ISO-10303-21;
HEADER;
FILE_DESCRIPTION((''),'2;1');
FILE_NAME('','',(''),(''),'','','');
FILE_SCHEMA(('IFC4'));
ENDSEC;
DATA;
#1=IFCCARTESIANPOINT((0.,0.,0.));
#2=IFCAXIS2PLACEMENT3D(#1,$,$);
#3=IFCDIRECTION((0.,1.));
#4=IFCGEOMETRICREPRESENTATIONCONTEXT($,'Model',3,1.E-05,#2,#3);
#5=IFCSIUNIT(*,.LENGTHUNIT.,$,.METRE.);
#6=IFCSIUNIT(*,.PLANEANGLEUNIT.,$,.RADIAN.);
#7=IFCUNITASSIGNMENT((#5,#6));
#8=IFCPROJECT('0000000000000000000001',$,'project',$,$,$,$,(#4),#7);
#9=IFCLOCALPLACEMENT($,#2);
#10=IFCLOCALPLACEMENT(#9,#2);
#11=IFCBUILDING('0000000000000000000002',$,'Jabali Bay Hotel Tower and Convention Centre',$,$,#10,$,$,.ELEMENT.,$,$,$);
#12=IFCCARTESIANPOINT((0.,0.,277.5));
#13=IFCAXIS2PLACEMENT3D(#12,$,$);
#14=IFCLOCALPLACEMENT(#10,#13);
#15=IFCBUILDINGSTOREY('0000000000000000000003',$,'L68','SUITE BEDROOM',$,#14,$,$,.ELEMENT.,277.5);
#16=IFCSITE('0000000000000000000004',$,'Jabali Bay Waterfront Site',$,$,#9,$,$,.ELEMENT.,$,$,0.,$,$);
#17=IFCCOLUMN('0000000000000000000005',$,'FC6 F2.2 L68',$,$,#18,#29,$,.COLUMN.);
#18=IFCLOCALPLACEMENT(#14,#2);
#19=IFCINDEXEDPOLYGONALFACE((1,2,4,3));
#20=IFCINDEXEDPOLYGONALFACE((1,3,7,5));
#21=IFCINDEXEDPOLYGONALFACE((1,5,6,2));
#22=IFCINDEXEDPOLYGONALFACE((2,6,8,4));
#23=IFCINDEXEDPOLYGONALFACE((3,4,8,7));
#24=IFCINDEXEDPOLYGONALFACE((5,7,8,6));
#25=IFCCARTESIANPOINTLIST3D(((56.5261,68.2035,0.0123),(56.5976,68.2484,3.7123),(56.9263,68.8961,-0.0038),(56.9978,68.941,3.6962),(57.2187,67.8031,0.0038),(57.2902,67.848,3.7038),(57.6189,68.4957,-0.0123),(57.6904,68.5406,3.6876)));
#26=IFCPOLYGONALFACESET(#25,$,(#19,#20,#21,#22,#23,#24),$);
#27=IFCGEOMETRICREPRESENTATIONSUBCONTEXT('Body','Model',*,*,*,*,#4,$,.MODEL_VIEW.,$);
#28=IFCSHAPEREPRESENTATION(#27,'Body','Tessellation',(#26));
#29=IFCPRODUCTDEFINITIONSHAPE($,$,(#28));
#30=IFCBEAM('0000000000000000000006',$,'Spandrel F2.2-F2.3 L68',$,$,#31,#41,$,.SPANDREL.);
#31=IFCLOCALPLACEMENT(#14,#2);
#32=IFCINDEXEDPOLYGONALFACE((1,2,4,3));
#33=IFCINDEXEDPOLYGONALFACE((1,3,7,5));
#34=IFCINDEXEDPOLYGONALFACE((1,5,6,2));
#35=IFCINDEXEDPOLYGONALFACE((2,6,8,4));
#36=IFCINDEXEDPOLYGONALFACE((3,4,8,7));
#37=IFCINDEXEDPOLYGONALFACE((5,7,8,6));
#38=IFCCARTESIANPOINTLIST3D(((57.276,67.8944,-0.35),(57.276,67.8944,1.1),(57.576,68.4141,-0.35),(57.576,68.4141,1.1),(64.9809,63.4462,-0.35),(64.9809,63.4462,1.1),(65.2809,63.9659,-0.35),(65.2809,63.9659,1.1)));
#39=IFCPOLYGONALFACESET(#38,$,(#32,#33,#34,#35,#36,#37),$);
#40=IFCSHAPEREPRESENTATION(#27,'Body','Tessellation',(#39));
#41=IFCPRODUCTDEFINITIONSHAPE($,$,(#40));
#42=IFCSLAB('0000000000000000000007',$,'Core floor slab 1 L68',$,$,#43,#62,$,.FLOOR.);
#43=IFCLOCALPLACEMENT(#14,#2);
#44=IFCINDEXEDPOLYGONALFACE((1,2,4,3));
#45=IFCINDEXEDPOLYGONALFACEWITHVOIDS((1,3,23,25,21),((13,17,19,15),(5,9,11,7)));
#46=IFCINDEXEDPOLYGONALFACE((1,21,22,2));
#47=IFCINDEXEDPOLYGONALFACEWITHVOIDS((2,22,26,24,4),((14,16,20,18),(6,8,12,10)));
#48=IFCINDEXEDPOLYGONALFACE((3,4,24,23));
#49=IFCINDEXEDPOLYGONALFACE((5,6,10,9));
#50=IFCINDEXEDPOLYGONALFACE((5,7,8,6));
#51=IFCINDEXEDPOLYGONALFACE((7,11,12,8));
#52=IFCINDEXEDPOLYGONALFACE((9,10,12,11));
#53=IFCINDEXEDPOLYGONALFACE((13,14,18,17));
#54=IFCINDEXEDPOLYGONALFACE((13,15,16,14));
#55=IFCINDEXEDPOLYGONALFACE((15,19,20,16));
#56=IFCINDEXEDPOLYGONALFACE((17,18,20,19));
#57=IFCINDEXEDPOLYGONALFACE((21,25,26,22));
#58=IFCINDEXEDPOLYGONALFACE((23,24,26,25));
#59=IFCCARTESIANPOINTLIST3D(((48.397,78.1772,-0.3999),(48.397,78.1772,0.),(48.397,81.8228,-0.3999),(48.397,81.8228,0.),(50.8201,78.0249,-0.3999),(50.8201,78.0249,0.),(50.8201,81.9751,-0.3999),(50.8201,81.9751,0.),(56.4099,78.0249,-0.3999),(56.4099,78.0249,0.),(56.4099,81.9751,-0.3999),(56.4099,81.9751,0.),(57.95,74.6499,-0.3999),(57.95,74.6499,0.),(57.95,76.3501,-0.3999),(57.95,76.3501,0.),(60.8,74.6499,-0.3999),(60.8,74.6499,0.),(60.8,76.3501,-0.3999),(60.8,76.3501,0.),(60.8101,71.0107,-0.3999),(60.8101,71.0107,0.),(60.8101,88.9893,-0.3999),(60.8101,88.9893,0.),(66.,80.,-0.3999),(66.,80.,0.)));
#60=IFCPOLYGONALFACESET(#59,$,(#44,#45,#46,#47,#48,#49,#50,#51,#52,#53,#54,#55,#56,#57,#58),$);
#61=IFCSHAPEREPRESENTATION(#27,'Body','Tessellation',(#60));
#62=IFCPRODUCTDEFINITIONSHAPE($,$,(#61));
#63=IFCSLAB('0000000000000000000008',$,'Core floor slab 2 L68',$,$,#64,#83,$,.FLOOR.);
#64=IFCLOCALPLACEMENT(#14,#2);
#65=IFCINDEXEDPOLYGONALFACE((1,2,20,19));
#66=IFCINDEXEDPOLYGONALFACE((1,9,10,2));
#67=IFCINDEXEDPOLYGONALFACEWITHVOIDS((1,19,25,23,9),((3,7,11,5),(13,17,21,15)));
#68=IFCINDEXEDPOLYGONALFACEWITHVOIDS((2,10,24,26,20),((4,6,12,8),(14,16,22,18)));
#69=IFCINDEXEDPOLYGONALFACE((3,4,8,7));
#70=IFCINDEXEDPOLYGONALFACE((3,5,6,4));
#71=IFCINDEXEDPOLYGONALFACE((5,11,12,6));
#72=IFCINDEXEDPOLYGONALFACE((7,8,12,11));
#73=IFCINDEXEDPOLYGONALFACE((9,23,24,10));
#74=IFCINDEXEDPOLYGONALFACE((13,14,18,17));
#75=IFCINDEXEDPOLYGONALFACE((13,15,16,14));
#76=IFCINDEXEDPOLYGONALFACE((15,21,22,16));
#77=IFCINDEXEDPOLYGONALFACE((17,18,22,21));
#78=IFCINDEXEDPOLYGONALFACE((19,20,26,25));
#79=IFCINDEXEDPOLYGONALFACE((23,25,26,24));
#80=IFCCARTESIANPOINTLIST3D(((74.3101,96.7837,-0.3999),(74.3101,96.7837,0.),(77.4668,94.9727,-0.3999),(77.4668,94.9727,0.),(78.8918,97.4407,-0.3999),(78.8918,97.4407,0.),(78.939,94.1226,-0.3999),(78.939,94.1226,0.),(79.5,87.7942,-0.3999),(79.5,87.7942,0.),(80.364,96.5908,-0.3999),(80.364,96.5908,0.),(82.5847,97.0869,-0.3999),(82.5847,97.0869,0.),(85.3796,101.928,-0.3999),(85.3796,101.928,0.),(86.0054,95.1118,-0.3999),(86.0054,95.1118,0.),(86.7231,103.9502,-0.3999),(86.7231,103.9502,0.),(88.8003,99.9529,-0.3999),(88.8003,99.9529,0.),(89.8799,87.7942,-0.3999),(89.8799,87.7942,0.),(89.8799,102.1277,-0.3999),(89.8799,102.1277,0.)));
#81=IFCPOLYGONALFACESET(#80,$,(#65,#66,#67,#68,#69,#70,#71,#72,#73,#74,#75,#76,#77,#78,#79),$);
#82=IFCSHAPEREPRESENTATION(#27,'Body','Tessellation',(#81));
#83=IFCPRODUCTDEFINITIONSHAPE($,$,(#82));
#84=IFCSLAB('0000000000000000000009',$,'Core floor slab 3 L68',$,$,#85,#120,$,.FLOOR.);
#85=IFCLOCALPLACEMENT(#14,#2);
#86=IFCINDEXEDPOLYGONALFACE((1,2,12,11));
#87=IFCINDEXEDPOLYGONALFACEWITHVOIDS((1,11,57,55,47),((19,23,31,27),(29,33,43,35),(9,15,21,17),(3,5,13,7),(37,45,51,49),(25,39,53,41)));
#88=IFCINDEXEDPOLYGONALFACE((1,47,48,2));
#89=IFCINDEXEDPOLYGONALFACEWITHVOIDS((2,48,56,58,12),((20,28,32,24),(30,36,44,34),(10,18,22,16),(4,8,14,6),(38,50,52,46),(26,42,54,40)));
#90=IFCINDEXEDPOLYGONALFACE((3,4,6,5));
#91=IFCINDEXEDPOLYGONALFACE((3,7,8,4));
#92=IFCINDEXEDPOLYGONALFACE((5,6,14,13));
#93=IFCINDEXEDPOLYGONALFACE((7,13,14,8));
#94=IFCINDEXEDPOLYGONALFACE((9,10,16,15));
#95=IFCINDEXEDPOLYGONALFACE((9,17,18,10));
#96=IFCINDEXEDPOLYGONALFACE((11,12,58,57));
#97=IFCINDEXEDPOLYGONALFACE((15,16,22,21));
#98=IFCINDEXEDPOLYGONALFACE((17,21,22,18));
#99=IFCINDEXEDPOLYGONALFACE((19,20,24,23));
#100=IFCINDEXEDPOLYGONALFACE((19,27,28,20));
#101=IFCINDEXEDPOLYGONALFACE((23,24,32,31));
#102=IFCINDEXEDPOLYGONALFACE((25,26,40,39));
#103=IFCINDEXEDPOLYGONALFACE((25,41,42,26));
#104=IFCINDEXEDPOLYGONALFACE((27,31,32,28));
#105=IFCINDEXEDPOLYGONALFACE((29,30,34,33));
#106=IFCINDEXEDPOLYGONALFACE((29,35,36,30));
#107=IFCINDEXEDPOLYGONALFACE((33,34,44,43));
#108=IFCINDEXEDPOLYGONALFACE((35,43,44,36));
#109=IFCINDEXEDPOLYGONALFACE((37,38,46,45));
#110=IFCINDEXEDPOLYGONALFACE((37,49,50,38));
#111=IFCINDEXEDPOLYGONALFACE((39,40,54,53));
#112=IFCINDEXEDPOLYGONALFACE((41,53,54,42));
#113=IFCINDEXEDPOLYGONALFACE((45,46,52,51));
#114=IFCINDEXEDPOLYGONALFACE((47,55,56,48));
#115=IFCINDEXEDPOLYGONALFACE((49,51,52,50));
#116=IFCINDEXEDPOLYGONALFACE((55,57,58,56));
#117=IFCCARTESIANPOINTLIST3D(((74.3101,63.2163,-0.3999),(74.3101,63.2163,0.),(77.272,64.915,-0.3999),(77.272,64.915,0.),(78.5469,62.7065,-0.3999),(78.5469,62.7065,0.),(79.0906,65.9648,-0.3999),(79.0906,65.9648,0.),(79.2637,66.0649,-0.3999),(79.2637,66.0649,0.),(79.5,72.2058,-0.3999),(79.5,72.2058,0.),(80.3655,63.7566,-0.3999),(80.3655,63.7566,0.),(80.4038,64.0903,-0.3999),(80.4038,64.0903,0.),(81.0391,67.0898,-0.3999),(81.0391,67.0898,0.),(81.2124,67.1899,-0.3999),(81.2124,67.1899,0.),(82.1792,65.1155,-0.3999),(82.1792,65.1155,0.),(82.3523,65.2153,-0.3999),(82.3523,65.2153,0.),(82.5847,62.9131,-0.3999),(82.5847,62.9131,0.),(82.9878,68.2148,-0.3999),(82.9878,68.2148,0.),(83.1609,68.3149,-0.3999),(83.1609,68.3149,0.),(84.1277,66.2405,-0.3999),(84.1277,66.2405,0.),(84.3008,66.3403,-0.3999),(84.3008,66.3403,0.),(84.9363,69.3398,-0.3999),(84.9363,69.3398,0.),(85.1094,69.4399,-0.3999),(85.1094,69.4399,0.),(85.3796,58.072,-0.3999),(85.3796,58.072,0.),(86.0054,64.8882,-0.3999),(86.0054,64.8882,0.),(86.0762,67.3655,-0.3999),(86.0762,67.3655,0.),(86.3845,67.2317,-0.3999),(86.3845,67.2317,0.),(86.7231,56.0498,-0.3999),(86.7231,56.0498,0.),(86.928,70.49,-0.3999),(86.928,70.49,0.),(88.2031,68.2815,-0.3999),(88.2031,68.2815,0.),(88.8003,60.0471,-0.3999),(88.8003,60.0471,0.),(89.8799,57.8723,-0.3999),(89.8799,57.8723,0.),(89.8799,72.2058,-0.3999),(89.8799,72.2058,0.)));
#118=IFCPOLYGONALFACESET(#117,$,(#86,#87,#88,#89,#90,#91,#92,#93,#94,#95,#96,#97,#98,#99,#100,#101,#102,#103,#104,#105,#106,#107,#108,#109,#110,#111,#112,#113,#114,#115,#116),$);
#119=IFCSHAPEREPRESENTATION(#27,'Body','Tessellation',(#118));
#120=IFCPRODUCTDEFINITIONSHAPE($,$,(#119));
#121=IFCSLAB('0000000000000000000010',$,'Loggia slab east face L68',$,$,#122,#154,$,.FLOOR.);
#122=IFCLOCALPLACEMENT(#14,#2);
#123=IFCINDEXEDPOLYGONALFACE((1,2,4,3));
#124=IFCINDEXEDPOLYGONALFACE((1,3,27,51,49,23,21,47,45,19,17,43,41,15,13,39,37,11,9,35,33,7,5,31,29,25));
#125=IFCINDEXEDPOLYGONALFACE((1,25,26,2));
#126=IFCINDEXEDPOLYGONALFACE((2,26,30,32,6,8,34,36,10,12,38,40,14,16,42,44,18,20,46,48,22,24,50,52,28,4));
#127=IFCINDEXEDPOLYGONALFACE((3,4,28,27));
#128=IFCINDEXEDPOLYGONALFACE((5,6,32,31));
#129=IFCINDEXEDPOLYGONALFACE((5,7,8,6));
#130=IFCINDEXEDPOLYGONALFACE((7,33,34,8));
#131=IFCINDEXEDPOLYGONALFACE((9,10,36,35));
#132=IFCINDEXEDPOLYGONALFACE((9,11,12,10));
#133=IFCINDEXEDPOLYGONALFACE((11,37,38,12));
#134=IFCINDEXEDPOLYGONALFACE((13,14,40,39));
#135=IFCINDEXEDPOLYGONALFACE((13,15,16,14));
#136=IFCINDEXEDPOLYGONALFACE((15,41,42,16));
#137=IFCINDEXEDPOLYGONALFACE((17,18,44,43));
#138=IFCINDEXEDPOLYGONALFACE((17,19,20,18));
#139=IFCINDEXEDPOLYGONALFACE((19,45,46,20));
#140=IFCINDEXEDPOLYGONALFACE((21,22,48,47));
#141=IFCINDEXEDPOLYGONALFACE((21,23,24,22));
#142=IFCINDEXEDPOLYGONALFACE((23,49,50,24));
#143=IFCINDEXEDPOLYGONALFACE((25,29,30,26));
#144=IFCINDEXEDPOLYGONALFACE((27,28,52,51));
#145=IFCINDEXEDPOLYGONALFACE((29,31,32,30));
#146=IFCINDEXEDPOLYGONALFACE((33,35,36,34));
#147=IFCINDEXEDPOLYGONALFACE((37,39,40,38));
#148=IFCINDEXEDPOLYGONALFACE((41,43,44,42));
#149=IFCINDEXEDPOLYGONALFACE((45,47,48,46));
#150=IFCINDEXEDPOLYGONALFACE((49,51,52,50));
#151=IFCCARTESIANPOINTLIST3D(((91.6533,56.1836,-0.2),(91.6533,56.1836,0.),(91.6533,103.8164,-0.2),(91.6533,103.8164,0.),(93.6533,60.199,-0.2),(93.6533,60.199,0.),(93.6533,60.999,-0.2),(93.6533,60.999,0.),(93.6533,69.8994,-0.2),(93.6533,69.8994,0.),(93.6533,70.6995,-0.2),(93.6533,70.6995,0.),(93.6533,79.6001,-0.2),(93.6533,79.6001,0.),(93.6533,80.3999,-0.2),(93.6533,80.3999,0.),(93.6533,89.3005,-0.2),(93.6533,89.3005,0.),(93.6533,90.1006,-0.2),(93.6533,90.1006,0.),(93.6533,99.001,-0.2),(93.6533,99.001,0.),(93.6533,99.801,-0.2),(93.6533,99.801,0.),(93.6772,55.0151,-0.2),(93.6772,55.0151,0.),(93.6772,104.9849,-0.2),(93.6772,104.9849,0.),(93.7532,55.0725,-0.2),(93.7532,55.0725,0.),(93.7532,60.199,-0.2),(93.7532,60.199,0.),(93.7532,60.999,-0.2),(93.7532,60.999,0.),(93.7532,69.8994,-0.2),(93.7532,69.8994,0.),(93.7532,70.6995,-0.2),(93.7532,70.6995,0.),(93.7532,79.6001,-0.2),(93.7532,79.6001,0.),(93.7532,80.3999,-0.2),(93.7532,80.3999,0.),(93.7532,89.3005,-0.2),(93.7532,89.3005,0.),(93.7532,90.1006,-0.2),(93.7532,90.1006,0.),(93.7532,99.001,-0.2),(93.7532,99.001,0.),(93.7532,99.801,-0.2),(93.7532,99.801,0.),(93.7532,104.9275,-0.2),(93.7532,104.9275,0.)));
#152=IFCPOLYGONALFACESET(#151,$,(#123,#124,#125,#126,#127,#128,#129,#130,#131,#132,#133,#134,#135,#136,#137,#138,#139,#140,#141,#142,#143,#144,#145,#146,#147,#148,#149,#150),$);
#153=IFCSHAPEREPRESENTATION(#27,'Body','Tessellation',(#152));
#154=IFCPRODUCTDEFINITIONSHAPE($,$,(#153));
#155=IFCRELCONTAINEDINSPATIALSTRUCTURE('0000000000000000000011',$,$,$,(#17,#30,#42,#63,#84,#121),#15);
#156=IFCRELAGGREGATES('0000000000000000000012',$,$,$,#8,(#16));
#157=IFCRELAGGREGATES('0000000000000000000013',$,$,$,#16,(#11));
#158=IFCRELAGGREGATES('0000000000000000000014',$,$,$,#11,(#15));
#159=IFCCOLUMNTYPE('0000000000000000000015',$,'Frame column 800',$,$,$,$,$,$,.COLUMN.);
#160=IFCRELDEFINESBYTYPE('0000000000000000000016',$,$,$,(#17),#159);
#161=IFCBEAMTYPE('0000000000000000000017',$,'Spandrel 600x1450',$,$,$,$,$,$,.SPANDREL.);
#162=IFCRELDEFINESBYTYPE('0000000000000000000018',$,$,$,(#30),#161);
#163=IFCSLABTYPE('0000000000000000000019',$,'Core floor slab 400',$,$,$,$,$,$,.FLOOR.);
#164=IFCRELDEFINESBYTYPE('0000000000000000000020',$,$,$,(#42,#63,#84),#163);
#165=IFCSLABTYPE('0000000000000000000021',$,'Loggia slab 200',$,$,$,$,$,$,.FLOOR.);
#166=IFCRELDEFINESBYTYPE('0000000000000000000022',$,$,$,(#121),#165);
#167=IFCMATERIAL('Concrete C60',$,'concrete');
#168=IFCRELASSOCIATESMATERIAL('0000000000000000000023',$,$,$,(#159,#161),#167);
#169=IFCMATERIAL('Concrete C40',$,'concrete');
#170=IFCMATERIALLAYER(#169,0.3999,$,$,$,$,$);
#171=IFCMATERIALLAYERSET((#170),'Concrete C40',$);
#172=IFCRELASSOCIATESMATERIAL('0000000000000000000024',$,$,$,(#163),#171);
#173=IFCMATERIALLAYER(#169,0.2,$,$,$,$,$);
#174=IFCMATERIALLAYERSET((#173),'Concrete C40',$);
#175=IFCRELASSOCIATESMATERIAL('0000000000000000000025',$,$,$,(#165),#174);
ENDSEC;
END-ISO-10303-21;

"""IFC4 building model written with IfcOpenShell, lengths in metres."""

from ifc_helpers import new_model, si_unit, direction, frame, origin, origin_2d, place, context, subcontext, project, spatial, polyline, rectangle, outline, extrude, material, layer, layer_set, material_profile, profile_set, type_object, element, save


model = new_model("IFC4")

# Units and contexts
model_context = context("Model", 3, precision=1e-05, world=origin(), true_north=direction((0.0, 1.0)))
body_context = subcontext(model_context, "Body", "Model", "MODEL_VIEW")
ifc_project = project(units=[si_unit("LENGTHUNIT", "METRE"), si_unit("PLANEANGLEUNIT", "RADIAN")], contexts=[model_context])

# Site, building, storey
site_placement = place(None, origin())
site = spatial("IfcSite", under=ifc_project, at=site_placement, Name="Jabali Bay Waterfront Site", CompositionType="ELEMENT", RefElevation=0.0)
building_placement = place(site_placement, origin())
building = spatial("IfcBuilding", under=site, at=building_placement, Name="Jabali Bay Hotel Tower and Convention Centre", CompositionType="ELEMENT")
storey_placement = place(building_placement, frame((0.0, 0.0, 277.5)))
storey = spatial("IfcBuildingStorey", under=building, at=storey_placement, Name="L68", Description="SUITE BEDROOM", CompositionType="ELEMENT", Elevation=277.5)

# Column
ifc_material_1 = material(Name="Concrete C60", Category="concrete")
ifc_material_profile_1 = material_profile(ifc_material_1, rectangle(XDim=0.8, YDim=0.8, at=origin_2d()), Name="Frame column 800")
ifc_profile_set_1 = profile_set([ifc_material_profile_1], Name="Concrete C60")
column_type = type_object("IfcColumnType", Name="Frame column 800", PredefinedType="COLUMN", material=ifc_profile_set_1)
column_placement = place(storey_placement, frame((57.0725, 68.3496, 0.0), z_axis=(0.019329, 0.012138, 0.99974), x_axis=(-0.865683, 0.50048, 0.01066)))
element("IfcColumn", 1, at=column_placement, inside=storey, type_object=column_type, Name="FC6 F2.2 L68", PredefinedType="COLUMN", context=body_context, shape_type="SweptSolid", body=[
    extrude(rectangle(XDim=0.8, YDim=0.8, at=origin_2d()), origin(), (0.0, 0.0, 1.0), 3.7009),
])

# Beam
ifc_material_profile_2 = material_profile(ifc_material_1, rectangle(XDim=0.6001, YDim=1.45, at=origin_2d()), Name="Spandrel 600x1450")
ifc_profile_set_2 = profile_set([ifc_material_profile_2], Name="Concrete C60")
beam_type = type_object("IfcBeamType", Name="Spandrel 600x1450", PredefinedType="SPANDREL", material=ifc_profile_set_2)
beam_placement = place(storey_placement, frame((57.426, 68.1543, 0.375), z_axis=(0.866032, -0.499988, 0.0), x_axis=(0.499988, 0.866032, 0.0)))
element("IfcBeam", 2, at=beam_placement, inside=storey, type_object=beam_type, Name="Spandrel F2.2-F2.3 L68", PredefinedType="SPANDREL", context=body_context, shape_type="SweptSolid", body=[
    extrude(rectangle(XDim=0.6001, YDim=1.45, at=origin_2d()), origin(), (0.0, 0.0, 1.0), 8.8967),
])

# Slabs
ifc_material_2 = material(Name="Concrete C40", Category="concrete")
ifc_layer_1 = layer(ifc_material_2, 0.3999)
ifc_layer_set_1 = layer_set([ifc_layer_1], Name="Concrete C40")
slab_type_1 = type_object("IfcSlabType", Name="Core floor slab 400", PredefinedType="FLOOR", material=ifc_layer_set_1)
slab_1_placement = place(storey_placement, frame((0.0, 0.0, -0.3999)))
element("IfcSlab", 3, at=slab_1_placement, inside=storey, type_object=slab_type_1, Name="Core floor slab 1 L68", PredefinedType="FLOOR", context=body_context, shape_type="SweptSolid", body=[
    extrude(outline(polyline([(66.0, 80.0), (60.8101, 88.9893), (48.397, 81.8228), (48.397, 78.1772), (60.8101, 71.0107), (66.0, 80.0)]), holes=[polyline([(60.8, 76.3501), (57.95, 76.3501), (57.95, 74.6499), (60.8, 74.6499), (60.8, 76.3501)]), polyline([(50.8201, 81.9751), (50.8201, 78.0249), (56.4099, 78.0249), (56.4099, 81.9751), (50.8201, 81.9751)])]), origin(), (0.0, 0.0, 1.0), 0.3999),
])
slab_2_placement = place(storey_placement, frame((0.0, 0.0, -0.3999)))
element("IfcSlab", 4, at=slab_2_placement, inside=storey, type_object=slab_type_1, Name="Core floor slab 2 L68", PredefinedType="FLOOR", context=body_context, shape_type="SweptSolid", body=[
    extrude(outline(polyline([(79.5, 87.7942), (89.8799, 87.7942), (89.8799, 102.1277), (86.7231, 103.9502), (74.3101, 96.7837), (79.5, 87.7942)]), holes=[polyline([(78.939, 94.1226), (80.364, 96.5908), (78.8918, 97.4407), (77.4668, 94.9727), (78.939, 94.1226)]), polyline([(88.8003, 99.9529), (85.3796, 101.928), (82.5847, 97.0869), (86.0054, 95.1118), (88.8003, 99.9529)])]), origin(), (0.0, 0.0, 1.0), 0.3999),
])
slab_3_placement = place(storey_placement, frame((0.0, 0.0, -0.3999)))
element("IfcSlab", 5, at=slab_3_placement, inside=storey, type_object=slab_type_1, Name="Core floor slab 3 L68", PredefinedType="FLOOR", context=body_context, shape_type="SweptSolid", body=[
    extrude(outline(polyline([(79.5, 72.2058), (74.3101, 63.2163), (86.7231, 56.0498), (89.8799, 57.8723), (89.8799, 72.2058), (79.5, 72.2058)]), holes=[polyline([(82.5847, 62.9131), (85.3796, 58.072), (88.8003, 60.0471), (86.0054, 64.8882), (82.5847, 62.9131)]), polyline([(80.3655, 63.7566), (79.0906, 65.9648), (77.272, 64.915), (78.5469, 62.7065), (80.3655, 63.7566)]), polyline([(82.1792, 65.1155), (81.0391, 67.0898), (79.2637, 66.0649), (80.4038, 64.0903), (82.1792, 65.1155)]), polyline([(82.9878, 68.2148), (81.2124, 67.1899), (82.3523, 65.2153), (84.1277, 66.2405), (82.9878, 68.2148)]), polyline([(86.0762, 67.3655), (84.9363, 69.3398), (83.1609, 68.3149), (84.3008, 66.3403), (86.0762, 67.3655)]), polyline([(88.2031, 68.2815), (86.928, 70.49), (85.1094, 69.4399), (86.3845, 67.2317), (88.2031, 68.2815)])]), origin(), (0.0, 0.0, 1.0), 0.3999),
])
ifc_layer_2 = layer(ifc_material_2, 0.2)
ifc_layer_set_2 = layer_set([ifc_layer_2], Name="Concrete C40")
slab_type_2 = type_object("IfcSlabType", Name="Loggia slab 200", PredefinedType="FLOOR", material=ifc_layer_set_2)
slab_4_placement = place(storey_placement, frame((0.0, 0.0, -0.2)))
element("IfcSlab", 6, at=slab_4_placement, inside=storey, type_object=slab_type_2, Name="Loggia slab east face L68", PredefinedType="FLOOR", context=body_context, shape_type="SweptSolid", body=[
    extrude(outline(polyline([(91.6533, 103.8164), (93.6772, 104.9849), (93.7532, 104.9275), (93.7532, 99.801), (93.6533, 99.801), (93.6533, 99.001), (93.7532, 99.001), (93.7532, 90.1006), (93.6533, 90.1006), (93.6533, 89.3005), (93.7532, 89.3005), (93.7532, 80.3999), (93.6533, 80.3999), (93.6533, 79.6001), (93.7532, 79.6001), (93.7532, 70.6995), (93.6533, 70.6995), (93.6533, 69.8994), (93.7532, 69.8994), (93.7532, 60.999), (93.6533, 60.999), (93.6533, 60.199), (93.7532, 60.199), (93.7532, 55.0725), (93.6772, 55.0151), (91.6533, 56.1836), (91.6533, 103.8164)])), origin(), (0.0, 0.0, 1.0), 0.2),
])

save(model, "model.ifc")
